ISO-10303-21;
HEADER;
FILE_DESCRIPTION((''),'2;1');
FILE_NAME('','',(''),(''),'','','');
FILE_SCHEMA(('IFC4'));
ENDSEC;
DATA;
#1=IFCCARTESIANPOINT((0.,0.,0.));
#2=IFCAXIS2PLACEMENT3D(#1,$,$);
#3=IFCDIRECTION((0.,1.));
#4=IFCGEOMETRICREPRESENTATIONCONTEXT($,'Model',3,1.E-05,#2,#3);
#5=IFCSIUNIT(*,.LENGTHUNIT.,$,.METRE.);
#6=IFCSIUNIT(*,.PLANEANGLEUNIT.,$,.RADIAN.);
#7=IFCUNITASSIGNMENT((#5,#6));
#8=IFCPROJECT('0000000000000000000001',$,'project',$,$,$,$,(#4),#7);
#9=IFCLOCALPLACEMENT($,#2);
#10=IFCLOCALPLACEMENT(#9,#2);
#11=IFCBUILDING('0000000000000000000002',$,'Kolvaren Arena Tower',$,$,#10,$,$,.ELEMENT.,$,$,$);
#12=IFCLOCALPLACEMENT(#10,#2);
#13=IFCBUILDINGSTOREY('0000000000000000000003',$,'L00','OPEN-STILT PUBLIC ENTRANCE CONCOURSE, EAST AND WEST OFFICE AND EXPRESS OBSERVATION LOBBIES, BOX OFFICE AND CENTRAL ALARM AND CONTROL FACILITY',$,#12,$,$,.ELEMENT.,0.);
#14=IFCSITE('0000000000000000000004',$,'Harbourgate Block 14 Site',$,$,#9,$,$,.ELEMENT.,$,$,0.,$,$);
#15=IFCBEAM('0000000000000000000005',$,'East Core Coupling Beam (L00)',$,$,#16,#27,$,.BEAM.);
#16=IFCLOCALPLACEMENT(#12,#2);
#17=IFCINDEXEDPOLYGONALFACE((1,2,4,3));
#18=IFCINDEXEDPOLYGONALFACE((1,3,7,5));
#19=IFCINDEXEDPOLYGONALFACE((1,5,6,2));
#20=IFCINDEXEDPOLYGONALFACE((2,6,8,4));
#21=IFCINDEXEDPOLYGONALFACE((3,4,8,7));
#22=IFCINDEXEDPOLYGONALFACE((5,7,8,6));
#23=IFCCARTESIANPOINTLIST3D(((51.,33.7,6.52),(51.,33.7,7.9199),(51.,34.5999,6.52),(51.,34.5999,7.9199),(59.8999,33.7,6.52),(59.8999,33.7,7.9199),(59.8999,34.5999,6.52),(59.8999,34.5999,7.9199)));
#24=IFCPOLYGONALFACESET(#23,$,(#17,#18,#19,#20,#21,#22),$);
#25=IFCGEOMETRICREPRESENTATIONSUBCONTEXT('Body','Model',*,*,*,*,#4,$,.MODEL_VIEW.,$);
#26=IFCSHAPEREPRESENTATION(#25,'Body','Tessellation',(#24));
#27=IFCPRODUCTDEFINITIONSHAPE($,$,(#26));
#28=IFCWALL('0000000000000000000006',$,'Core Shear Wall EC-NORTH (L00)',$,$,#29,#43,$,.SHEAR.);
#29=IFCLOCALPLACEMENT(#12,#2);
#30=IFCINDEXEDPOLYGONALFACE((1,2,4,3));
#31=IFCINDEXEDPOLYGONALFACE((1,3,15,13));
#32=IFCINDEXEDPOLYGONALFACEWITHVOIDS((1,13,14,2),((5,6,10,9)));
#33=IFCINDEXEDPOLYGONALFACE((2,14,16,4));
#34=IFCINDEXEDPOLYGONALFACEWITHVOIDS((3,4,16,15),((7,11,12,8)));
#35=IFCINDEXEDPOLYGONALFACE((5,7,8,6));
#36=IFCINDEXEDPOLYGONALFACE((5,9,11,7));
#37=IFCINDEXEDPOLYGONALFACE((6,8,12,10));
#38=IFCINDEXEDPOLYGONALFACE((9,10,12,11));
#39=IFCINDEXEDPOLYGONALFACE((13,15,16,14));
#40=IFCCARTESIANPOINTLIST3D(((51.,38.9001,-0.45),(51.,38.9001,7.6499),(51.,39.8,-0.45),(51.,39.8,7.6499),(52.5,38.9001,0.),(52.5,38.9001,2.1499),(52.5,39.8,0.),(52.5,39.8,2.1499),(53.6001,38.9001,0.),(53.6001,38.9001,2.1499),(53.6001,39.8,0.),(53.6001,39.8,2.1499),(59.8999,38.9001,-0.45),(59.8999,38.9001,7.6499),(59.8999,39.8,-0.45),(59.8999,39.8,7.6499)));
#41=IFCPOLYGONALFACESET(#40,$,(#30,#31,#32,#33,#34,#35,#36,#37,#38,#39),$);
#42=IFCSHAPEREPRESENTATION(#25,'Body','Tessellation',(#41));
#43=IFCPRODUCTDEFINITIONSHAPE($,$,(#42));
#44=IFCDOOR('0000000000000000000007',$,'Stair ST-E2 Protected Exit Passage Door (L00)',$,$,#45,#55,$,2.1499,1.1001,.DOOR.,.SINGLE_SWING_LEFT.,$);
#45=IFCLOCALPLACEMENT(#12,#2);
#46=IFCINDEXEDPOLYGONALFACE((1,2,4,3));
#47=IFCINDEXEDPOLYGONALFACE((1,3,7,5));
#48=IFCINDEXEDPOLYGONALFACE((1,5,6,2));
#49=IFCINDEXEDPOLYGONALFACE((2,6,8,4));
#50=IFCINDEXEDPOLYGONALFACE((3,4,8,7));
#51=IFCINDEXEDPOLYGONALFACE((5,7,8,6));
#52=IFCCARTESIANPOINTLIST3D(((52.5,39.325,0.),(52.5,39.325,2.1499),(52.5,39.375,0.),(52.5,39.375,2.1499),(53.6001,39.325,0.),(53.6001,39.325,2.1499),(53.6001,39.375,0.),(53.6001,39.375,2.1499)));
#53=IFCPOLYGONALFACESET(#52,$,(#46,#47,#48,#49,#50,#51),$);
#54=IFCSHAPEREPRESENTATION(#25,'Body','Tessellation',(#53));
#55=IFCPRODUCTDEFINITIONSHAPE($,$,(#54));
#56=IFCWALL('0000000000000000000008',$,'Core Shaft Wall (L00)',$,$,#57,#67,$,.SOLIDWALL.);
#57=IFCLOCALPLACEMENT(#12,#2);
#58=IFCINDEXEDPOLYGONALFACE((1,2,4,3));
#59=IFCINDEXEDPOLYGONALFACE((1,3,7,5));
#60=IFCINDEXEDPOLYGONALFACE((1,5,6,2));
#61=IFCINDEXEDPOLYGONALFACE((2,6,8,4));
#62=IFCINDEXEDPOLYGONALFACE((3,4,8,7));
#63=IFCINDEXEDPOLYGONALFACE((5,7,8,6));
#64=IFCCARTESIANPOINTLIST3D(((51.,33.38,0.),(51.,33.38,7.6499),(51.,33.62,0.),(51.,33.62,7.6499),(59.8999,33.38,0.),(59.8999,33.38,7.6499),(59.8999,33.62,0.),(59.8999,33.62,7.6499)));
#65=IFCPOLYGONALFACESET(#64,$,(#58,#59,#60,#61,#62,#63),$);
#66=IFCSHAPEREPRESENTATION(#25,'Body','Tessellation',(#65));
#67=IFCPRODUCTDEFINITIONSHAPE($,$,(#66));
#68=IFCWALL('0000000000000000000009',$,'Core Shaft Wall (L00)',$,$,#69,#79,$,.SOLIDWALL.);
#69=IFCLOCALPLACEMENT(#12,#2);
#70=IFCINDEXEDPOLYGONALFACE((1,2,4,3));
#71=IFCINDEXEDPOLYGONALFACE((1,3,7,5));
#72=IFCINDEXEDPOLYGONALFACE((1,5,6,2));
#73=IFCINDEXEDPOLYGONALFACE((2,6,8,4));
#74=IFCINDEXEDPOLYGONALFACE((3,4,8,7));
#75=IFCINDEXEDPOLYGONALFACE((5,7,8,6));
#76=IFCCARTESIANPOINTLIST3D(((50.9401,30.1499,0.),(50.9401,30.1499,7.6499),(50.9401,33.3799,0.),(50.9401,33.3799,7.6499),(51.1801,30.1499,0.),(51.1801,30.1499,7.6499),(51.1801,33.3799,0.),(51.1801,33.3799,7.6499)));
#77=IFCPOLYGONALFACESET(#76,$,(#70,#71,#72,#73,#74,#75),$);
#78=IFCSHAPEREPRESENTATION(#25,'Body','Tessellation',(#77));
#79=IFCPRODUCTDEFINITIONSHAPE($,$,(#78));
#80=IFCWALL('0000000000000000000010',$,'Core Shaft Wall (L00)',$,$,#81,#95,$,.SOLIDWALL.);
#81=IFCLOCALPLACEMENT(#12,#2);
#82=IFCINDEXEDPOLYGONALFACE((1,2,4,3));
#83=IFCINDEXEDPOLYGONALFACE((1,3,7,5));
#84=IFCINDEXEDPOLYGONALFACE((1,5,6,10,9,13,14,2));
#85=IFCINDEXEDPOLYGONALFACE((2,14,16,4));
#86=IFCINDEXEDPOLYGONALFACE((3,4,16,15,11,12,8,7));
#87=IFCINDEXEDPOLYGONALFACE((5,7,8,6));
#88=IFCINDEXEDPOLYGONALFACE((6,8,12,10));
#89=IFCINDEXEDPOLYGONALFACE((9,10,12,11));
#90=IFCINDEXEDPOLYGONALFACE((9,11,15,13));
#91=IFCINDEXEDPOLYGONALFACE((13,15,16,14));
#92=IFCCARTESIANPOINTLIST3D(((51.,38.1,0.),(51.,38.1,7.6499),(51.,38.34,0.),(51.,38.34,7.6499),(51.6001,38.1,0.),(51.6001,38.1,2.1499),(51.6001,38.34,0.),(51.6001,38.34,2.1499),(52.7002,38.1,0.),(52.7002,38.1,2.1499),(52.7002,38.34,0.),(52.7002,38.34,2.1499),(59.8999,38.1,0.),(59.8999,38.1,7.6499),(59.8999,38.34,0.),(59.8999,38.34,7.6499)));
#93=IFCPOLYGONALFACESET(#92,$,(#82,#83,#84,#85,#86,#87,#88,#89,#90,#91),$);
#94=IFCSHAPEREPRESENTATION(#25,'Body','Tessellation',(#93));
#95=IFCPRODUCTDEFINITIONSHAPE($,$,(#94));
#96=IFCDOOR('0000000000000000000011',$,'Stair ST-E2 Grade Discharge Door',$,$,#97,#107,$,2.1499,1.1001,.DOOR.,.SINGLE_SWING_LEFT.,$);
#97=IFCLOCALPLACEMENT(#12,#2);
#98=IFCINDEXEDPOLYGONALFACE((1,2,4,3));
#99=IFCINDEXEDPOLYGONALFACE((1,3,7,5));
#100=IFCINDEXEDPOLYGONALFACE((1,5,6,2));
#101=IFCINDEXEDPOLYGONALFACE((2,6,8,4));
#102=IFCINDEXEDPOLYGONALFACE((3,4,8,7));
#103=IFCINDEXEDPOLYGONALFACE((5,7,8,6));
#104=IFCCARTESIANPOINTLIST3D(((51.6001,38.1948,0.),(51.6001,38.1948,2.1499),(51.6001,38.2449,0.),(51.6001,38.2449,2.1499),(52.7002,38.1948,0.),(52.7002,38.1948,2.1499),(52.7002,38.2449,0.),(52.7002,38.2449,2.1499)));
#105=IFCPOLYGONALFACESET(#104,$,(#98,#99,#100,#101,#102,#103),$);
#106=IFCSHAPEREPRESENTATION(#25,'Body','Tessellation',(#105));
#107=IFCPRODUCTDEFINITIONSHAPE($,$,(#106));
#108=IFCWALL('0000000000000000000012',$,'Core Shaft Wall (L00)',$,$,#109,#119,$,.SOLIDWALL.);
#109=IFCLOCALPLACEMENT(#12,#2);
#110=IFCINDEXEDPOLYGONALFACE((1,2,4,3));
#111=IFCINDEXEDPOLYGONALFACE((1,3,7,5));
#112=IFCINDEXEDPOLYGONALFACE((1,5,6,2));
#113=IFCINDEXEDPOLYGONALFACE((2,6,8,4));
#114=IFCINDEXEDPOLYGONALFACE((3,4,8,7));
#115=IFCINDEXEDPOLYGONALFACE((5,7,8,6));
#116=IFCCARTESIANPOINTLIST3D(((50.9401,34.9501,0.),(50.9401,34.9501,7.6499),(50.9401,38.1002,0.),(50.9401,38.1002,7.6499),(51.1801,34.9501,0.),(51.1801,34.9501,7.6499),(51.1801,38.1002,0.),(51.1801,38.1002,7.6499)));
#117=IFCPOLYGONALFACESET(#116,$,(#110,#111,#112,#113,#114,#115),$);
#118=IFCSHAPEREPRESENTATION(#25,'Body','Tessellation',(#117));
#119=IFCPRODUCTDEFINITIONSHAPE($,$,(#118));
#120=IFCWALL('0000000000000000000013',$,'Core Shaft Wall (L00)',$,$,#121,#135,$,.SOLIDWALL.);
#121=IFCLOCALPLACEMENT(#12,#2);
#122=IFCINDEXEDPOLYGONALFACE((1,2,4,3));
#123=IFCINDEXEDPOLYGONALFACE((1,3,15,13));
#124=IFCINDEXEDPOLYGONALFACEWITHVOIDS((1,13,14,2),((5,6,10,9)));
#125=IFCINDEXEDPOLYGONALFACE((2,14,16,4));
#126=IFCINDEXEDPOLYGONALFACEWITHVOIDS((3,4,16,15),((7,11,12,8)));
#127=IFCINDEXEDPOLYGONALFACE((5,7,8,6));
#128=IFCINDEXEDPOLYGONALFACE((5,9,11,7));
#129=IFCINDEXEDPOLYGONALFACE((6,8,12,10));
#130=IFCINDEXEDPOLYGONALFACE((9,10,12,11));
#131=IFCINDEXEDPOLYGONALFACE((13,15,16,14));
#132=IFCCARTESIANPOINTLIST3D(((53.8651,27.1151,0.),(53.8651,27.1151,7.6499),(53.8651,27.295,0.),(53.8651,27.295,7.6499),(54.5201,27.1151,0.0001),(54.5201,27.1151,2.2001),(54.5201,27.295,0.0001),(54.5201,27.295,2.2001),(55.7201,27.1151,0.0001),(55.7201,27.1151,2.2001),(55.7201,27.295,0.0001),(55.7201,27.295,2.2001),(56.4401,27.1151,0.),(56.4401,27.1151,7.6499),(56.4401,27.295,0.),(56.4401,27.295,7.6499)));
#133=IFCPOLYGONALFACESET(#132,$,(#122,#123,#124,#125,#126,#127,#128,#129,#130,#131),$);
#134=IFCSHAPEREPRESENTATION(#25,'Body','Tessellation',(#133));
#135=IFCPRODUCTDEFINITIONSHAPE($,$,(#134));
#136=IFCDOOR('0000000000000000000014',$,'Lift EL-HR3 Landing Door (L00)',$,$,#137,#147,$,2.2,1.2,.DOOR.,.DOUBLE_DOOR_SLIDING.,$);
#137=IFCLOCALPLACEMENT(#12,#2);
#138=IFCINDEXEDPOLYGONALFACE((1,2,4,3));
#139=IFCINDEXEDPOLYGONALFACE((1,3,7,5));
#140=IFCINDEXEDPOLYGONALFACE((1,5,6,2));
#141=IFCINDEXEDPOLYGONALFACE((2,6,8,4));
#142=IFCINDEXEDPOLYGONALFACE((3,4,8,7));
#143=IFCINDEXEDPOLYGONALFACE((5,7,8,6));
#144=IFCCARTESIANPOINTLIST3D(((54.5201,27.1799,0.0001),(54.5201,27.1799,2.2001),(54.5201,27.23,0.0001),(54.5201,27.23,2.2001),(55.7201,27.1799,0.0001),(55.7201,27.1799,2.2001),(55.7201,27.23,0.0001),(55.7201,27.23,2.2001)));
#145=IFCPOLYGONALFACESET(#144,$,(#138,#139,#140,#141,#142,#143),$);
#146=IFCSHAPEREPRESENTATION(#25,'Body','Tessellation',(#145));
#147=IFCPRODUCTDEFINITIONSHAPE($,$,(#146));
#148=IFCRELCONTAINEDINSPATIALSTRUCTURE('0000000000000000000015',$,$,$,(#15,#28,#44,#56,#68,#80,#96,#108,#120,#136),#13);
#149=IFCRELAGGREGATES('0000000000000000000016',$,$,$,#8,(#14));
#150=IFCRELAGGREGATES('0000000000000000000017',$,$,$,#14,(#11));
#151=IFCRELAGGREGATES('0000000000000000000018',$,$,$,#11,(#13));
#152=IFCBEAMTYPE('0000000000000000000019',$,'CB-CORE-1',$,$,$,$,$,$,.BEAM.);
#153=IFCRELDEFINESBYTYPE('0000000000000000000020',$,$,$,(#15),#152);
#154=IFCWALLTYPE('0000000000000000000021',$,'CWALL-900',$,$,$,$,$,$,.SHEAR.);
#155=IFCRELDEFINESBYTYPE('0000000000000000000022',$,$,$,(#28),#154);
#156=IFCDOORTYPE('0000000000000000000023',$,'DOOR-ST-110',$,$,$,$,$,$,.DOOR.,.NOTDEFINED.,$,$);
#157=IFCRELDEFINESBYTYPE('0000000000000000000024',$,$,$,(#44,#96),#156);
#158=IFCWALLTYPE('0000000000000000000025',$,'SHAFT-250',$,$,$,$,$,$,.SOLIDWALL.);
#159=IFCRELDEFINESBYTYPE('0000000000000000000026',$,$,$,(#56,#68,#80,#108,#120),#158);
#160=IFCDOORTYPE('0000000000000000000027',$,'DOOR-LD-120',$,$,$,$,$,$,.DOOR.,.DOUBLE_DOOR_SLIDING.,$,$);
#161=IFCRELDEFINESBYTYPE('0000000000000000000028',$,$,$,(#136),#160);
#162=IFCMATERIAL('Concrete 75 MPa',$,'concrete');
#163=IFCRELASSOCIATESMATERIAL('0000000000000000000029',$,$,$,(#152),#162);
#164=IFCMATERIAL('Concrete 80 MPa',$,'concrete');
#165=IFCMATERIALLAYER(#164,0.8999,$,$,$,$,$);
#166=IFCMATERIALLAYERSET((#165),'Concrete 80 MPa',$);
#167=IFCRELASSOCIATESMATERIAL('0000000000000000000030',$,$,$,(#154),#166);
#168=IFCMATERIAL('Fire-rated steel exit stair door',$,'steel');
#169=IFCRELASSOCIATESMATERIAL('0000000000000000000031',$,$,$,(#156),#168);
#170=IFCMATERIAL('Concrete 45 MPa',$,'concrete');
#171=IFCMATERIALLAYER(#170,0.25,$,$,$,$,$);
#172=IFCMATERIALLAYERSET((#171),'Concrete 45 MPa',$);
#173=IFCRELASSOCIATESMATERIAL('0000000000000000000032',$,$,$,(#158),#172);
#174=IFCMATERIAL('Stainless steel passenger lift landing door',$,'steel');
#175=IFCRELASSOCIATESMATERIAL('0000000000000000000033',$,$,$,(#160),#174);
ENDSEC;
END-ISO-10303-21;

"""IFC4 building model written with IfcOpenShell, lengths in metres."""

from ifc_helpers import new_model, si_unit, direction, frame, frame_2d, origin, origin_2d, place, context, subcontext, project, spatial, rectangle, extrude, material, layer, layer_set, material_profile, profile_set, type_object, element, fill, save


model = new_model("IFC4")

# Units and contexts
model_context = context("Model", 3, precision=1e-05, world=origin(), true_north=direction((0.0, 1.0)))
body_context = subcontext(model_context, "Body", "Model", "MODEL_VIEW")
ifc_project = project(units=[si_unit("LENGTHUNIT", "METRE"), si_unit("PLANEANGLEUNIT", "RADIAN")], contexts=[model_context])

# Site, building, storey
site_placement = place(None, origin())
site = spatial("IfcSite", under=ifc_project, at=site_placement, Name="Harbourgate Block 14 Site", CompositionType="ELEMENT", RefElevation=0.0)
building_placement = place(site_placement, origin())
building = spatial("IfcBuilding", under=site, at=building_placement, Name="Kolvaren Arena Tower", CompositionType="ELEMENT")
storey_placement = place(building_placement, origin())
storey = spatial("IfcBuildingStorey", under=building, at=storey_placement, Name="L00", Description="OPEN-STILT PUBLIC ENTRANCE CONCOURSE, EAST AND WEST OFFICE AND EXPRESS OBSERVATION LOBBIES, BOX OFFICE AND CENTRAL ALARM AND CONTROL FACILITY", CompositionType="ELEMENT", Elevation=0.0)

# Beam
ifc_material_1 = material(Name="Concrete 75 MPa", Category="concrete")
ifc_material_profile = material_profile(ifc_material_1, rectangle(XDim=0.8999, YDim=1.3999, at=origin_2d()), Name="RC-900x1400")
ifc_profile_set = profile_set([ifc_material_profile], Name="Concrete 75 MPa")
beam_type = type_object("IfcBeamType", Name="CB-CORE-1", PredefinedType="BEAM", material=ifc_profile_set)
beam_placement = place(storey_placement, frame((51.0, 34.1499, 7.22), z_axis=(1.0, 0.0, 0.0), x_axis=(0.0, 1.0, 0.0)))
element("IfcBeam", 1, at=beam_placement, inside=storey, type_object=beam_type, Name="East Core Coupling Beam (L00)", PredefinedType="BEAM", context=body_context, shape_type="SweptSolid", body=[
    extrude(rectangle(XDim=0.8999, YDim=1.3999, at=origin_2d()), origin(), (0.0, 0.0, 1.0), 8.8999),
])

# Wall, opening, door
ifc_material_2 = material(Name="Concrete 80 MPa", Category="concrete")
ifc_layer_1 = layer(ifc_material_2, 0.8999)
ifc_layer_set_1 = layer_set([ifc_layer_1], Name="Concrete 80 MPa")
wall_type_1 = type_object("IfcWallType", Name="CWALL-900", PredefinedType="SHEAR", material=ifc_layer_set_1)
wall_1_placement = place(storey_placement, frame((51.0, 39.3501, -0.45), z_axis=(0.0, 0.0, 1.0), x_axis=(1.0, 0.0, 0.0)))
wall_1 = element("IfcWall", 2, at=wall_1_placement, inside=storey, type_object=wall_type_1, Name="Core Shear Wall EC-NORTH (L00)", PredefinedType="SHEAR", context=body_context, shape_type="SweptSolid", body=[
    extrude(rectangle(XDim=8.8999, YDim=0.8999, at=frame_2d((4.45, 0.0))), origin(), (0.0, 0.0, 1.0), 8.0999),
])
opening_1_placement = place(wall_1_placement, frame((1.5, 0.0, 0.45)))
opening_1 = element("IfcOpeningElement", 3, at=opening_1_placement, cuts=wall_1, PredefinedType="OPENING", context=body_context, shape_type="SweptSolid", body=[
    extrude(rectangle(XDim=1.1001, YDim=2.1499, at=frame_2d((0.55, 1.075))), frame((0.0, 0.46, 0.0), z_axis=(0.0, -1.0, 0.0), x_axis=(1.0, 0.0, 0.0)), (0.0, 0.0, 1.0), 0.9199),
])
ifc_material_3 = material(Name="Fire-rated steel exit stair door", Category="steel")
door_type_1 = type_object("IfcDoorType", Name="DOOR-ST-110", OperationType="NOTDEFINED", PredefinedType="DOOR", material=ifc_material_3)
door_1_placement = place(opening_1_placement, origin())
door_1 = element("IfcDoor", 4, at=door_1_placement, inside=storey, type_object=door_type_1, Name="Stair ST-E2 Protected Exit Passage Door (L00)", OperationType="SINGLE_SWING_LEFT", OverallHeight=2.1499, OverallWidth=1.1001, PredefinedType="DOOR", context=body_context, shape_type="SweptSolid", body=[
    extrude(rectangle(XDim=1.1001, YDim=2.1499, at=frame_2d((0.55, 1.075))), frame((0.0, 0.0249, 0.0), z_axis=(0.0, -1.0, 0.0), x_axis=(1.0, 0.0, 0.0)), (0.0, 0.0, 1.0), 0.05),
])
fill(opening_1, door_1)

# Walls
ifc_material_4 = material(Name="Concrete 45 MPa", Category="concrete")
ifc_layer_2 = layer(ifc_material_4, 0.25)
ifc_layer_set_2 = layer_set([ifc_layer_2], Name="Concrete 45 MPa")
wall_type_2 = type_object("IfcWallType", Name="SHAFT-250", PredefinedType="SOLIDWALL", material=ifc_layer_set_2)
wall_2_placement = place(storey_placement, frame((51.0, 33.5, 0.0), z_axis=(0.0, 0.0, 1.0), x_axis=(1.0, 0.0, 0.0)))
element("IfcWall", 5, at=wall_2_placement, inside=storey, type_object=wall_type_2, Name="Core Shaft Wall (L00)", PredefinedType="SOLIDWALL", context=body_context, shape_type="SweptSolid", body=[
    extrude(rectangle(XDim=8.8999, YDim=0.24, at=frame_2d((4.45, 0.0))), origin(), (0.0, 0.0, 1.0), 7.6499),
])
wall_3_placement = place(storey_placement, frame((51.0601, 30.1499, 0.0), z_axis=(0.0, 0.0, 1.0), x_axis=(0.0, 1.0, 0.0)))
element("IfcWall", 6, at=wall_3_placement, inside=storey, type_object=wall_type_2, Name="Core Shaft Wall (L00)", PredefinedType="SOLIDWALL", context=body_context, shape_type="SweptSolid", body=[
    extrude(rectangle(XDim=3.23, YDim=0.24, at=frame_2d((1.615, 0.0))), origin(), (0.0, 0.0, 1.0), 7.6499),
])

# Wall, opening, door
wall_4_placement = place(storey_placement, frame((51.0, 38.22, 0.0), z_axis=(0.0, 0.0, 1.0), x_axis=(1.0, 0.0, 0.0)))
wall_4 = element("IfcWall", 7, at=wall_4_placement, inside=storey, type_object=wall_type_2, Name="Core Shaft Wall (L00)", PredefinedType="SOLIDWALL", context=body_context, shape_type="SweptSolid", body=[
    extrude(rectangle(XDim=8.8999, YDim=0.24, at=frame_2d((4.45, 0.0))), origin(), (0.0, 0.0, 1.0), 7.6499),
])
opening_2_placement = place(wall_4_placement, frame((0.6001, 0.0, 0.0)))
opening_2 = element("IfcOpeningElement", 8, at=opening_2_placement, cuts=wall_4, PredefinedType="OPENING", context=body_context, shape_type="SweptSolid", body=[
    extrude(rectangle(XDim=1.1001, YDim=2.1499, at=frame_2d((0.55, 1.075))), frame((0.0, 0.1299, 0.0), z_axis=(0.0, -1.0, 0.0), x_axis=(1.0, 0.0, 0.0)), (0.0, 0.0, 1.0), 0.26),
])
door_2_placement = place(opening_2_placement, origin())
door_2 = element("IfcDoor", 9, at=door_2_placement, inside=storey, type_object=door_type_1, Name="Stair ST-E2 Grade Discharge Door", OperationType="SINGLE_SWING_LEFT", OverallHeight=2.1499, OverallWidth=1.1001, PredefinedType="DOOR", context=body_context, shape_type="SweptSolid", body=[
    extrude(rectangle(XDim=1.1001, YDim=2.1499, at=frame_2d((0.55, 1.075))), frame((0.0, 0.0249, 0.0), z_axis=(0.0, -1.0, 0.0), x_axis=(1.0, 0.0, 0.0)), (0.0, 0.0, 1.0), 0.05),
])
fill(opening_2, door_2)

# Wall
wall_5_placement = place(storey_placement, frame((51.0601, 34.95, 0.0), z_axis=(0.0, 0.0, 1.0), x_axis=(0.0, 1.0, 0.0)))
element("IfcWall", 10, at=wall_5_placement, inside=storey, type_object=wall_type_2, Name="Core Shaft Wall (L00)", PredefinedType="SOLIDWALL", context=body_context, shape_type="SweptSolid", body=[
    extrude(rectangle(XDim=3.1501, YDim=0.24, at=frame_2d((1.5752, 0.0))), origin(), (0.0, 0.0, 1.0), 7.6499),
])

# Wall, opening, door
wall_6_placement = place(storey_placement, frame((53.865, 27.2051, 0.0), z_axis=(0.0, 0.0, 1.0), x_axis=(1.0, 0.0, 0.0)))
wall_6 = element("IfcWall", 11, at=wall_6_placement, inside=storey, type_object=wall_type_2, Name="Core Shaft Wall (L00)", PredefinedType="SOLIDWALL", context=body_context, shape_type="SweptSolid", body=[
    extrude(rectangle(XDim=2.575, YDim=0.1799, at=frame_2d((1.2876, 0.0))), origin(), (0.0, 0.0, 1.0), 7.6499),
])
opening_3_placement = place(wall_6_placement, frame((0.655, 0.0, 0.0)))
opening_3 = element("IfcOpeningElement", 12, at=opening_3_placement, cuts=wall_6, PredefinedType="OPENING", context=body_context, shape_type="SweptSolid", body=[
    extrude(rectangle(XDim=1.2, YDim=2.2, at=frame_2d((0.6001, 1.1001))), frame((0.0, 0.0999, 0.0), z_axis=(0.0, -1.0, 0.0), x_axis=(1.0, 0.0, 0.0)), (0.0, 0.0, 1.0), 0.2),
])
ifc_material_5 = material(Name="Stainless steel passenger lift landing door", Category="steel")
door_type_2 = type_object("IfcDoorType", Name="DOOR-LD-120", OperationType="DOUBLE_DOOR_SLIDING", PredefinedType="DOOR", material=ifc_material_5)
door_3_placement = place(opening_3_placement, origin())
door_3 = element("IfcDoor", 13, at=door_3_placement, inside=storey, type_object=door_type_2, Name="Lift EL-HR3 Landing Door (L00)", OperationType="DOUBLE_DOOR_SLIDING", OverallHeight=2.2, OverallWidth=1.2, PredefinedType="DOOR", context=body_context, shape_type="SweptSolid", body=[
    extrude(rectangle(XDim=1.2, YDim=2.2, at=frame_2d((0.6001, 1.1001))), frame((0.0, 0.0249, 0.0), z_axis=(0.0, -1.0, 0.0), x_axis=(1.0, 0.0, 0.0)), (0.0, 0.0, 1.0), 0.05),
])
fill(opening_3, door_3)

save(model, "model.ifc")
